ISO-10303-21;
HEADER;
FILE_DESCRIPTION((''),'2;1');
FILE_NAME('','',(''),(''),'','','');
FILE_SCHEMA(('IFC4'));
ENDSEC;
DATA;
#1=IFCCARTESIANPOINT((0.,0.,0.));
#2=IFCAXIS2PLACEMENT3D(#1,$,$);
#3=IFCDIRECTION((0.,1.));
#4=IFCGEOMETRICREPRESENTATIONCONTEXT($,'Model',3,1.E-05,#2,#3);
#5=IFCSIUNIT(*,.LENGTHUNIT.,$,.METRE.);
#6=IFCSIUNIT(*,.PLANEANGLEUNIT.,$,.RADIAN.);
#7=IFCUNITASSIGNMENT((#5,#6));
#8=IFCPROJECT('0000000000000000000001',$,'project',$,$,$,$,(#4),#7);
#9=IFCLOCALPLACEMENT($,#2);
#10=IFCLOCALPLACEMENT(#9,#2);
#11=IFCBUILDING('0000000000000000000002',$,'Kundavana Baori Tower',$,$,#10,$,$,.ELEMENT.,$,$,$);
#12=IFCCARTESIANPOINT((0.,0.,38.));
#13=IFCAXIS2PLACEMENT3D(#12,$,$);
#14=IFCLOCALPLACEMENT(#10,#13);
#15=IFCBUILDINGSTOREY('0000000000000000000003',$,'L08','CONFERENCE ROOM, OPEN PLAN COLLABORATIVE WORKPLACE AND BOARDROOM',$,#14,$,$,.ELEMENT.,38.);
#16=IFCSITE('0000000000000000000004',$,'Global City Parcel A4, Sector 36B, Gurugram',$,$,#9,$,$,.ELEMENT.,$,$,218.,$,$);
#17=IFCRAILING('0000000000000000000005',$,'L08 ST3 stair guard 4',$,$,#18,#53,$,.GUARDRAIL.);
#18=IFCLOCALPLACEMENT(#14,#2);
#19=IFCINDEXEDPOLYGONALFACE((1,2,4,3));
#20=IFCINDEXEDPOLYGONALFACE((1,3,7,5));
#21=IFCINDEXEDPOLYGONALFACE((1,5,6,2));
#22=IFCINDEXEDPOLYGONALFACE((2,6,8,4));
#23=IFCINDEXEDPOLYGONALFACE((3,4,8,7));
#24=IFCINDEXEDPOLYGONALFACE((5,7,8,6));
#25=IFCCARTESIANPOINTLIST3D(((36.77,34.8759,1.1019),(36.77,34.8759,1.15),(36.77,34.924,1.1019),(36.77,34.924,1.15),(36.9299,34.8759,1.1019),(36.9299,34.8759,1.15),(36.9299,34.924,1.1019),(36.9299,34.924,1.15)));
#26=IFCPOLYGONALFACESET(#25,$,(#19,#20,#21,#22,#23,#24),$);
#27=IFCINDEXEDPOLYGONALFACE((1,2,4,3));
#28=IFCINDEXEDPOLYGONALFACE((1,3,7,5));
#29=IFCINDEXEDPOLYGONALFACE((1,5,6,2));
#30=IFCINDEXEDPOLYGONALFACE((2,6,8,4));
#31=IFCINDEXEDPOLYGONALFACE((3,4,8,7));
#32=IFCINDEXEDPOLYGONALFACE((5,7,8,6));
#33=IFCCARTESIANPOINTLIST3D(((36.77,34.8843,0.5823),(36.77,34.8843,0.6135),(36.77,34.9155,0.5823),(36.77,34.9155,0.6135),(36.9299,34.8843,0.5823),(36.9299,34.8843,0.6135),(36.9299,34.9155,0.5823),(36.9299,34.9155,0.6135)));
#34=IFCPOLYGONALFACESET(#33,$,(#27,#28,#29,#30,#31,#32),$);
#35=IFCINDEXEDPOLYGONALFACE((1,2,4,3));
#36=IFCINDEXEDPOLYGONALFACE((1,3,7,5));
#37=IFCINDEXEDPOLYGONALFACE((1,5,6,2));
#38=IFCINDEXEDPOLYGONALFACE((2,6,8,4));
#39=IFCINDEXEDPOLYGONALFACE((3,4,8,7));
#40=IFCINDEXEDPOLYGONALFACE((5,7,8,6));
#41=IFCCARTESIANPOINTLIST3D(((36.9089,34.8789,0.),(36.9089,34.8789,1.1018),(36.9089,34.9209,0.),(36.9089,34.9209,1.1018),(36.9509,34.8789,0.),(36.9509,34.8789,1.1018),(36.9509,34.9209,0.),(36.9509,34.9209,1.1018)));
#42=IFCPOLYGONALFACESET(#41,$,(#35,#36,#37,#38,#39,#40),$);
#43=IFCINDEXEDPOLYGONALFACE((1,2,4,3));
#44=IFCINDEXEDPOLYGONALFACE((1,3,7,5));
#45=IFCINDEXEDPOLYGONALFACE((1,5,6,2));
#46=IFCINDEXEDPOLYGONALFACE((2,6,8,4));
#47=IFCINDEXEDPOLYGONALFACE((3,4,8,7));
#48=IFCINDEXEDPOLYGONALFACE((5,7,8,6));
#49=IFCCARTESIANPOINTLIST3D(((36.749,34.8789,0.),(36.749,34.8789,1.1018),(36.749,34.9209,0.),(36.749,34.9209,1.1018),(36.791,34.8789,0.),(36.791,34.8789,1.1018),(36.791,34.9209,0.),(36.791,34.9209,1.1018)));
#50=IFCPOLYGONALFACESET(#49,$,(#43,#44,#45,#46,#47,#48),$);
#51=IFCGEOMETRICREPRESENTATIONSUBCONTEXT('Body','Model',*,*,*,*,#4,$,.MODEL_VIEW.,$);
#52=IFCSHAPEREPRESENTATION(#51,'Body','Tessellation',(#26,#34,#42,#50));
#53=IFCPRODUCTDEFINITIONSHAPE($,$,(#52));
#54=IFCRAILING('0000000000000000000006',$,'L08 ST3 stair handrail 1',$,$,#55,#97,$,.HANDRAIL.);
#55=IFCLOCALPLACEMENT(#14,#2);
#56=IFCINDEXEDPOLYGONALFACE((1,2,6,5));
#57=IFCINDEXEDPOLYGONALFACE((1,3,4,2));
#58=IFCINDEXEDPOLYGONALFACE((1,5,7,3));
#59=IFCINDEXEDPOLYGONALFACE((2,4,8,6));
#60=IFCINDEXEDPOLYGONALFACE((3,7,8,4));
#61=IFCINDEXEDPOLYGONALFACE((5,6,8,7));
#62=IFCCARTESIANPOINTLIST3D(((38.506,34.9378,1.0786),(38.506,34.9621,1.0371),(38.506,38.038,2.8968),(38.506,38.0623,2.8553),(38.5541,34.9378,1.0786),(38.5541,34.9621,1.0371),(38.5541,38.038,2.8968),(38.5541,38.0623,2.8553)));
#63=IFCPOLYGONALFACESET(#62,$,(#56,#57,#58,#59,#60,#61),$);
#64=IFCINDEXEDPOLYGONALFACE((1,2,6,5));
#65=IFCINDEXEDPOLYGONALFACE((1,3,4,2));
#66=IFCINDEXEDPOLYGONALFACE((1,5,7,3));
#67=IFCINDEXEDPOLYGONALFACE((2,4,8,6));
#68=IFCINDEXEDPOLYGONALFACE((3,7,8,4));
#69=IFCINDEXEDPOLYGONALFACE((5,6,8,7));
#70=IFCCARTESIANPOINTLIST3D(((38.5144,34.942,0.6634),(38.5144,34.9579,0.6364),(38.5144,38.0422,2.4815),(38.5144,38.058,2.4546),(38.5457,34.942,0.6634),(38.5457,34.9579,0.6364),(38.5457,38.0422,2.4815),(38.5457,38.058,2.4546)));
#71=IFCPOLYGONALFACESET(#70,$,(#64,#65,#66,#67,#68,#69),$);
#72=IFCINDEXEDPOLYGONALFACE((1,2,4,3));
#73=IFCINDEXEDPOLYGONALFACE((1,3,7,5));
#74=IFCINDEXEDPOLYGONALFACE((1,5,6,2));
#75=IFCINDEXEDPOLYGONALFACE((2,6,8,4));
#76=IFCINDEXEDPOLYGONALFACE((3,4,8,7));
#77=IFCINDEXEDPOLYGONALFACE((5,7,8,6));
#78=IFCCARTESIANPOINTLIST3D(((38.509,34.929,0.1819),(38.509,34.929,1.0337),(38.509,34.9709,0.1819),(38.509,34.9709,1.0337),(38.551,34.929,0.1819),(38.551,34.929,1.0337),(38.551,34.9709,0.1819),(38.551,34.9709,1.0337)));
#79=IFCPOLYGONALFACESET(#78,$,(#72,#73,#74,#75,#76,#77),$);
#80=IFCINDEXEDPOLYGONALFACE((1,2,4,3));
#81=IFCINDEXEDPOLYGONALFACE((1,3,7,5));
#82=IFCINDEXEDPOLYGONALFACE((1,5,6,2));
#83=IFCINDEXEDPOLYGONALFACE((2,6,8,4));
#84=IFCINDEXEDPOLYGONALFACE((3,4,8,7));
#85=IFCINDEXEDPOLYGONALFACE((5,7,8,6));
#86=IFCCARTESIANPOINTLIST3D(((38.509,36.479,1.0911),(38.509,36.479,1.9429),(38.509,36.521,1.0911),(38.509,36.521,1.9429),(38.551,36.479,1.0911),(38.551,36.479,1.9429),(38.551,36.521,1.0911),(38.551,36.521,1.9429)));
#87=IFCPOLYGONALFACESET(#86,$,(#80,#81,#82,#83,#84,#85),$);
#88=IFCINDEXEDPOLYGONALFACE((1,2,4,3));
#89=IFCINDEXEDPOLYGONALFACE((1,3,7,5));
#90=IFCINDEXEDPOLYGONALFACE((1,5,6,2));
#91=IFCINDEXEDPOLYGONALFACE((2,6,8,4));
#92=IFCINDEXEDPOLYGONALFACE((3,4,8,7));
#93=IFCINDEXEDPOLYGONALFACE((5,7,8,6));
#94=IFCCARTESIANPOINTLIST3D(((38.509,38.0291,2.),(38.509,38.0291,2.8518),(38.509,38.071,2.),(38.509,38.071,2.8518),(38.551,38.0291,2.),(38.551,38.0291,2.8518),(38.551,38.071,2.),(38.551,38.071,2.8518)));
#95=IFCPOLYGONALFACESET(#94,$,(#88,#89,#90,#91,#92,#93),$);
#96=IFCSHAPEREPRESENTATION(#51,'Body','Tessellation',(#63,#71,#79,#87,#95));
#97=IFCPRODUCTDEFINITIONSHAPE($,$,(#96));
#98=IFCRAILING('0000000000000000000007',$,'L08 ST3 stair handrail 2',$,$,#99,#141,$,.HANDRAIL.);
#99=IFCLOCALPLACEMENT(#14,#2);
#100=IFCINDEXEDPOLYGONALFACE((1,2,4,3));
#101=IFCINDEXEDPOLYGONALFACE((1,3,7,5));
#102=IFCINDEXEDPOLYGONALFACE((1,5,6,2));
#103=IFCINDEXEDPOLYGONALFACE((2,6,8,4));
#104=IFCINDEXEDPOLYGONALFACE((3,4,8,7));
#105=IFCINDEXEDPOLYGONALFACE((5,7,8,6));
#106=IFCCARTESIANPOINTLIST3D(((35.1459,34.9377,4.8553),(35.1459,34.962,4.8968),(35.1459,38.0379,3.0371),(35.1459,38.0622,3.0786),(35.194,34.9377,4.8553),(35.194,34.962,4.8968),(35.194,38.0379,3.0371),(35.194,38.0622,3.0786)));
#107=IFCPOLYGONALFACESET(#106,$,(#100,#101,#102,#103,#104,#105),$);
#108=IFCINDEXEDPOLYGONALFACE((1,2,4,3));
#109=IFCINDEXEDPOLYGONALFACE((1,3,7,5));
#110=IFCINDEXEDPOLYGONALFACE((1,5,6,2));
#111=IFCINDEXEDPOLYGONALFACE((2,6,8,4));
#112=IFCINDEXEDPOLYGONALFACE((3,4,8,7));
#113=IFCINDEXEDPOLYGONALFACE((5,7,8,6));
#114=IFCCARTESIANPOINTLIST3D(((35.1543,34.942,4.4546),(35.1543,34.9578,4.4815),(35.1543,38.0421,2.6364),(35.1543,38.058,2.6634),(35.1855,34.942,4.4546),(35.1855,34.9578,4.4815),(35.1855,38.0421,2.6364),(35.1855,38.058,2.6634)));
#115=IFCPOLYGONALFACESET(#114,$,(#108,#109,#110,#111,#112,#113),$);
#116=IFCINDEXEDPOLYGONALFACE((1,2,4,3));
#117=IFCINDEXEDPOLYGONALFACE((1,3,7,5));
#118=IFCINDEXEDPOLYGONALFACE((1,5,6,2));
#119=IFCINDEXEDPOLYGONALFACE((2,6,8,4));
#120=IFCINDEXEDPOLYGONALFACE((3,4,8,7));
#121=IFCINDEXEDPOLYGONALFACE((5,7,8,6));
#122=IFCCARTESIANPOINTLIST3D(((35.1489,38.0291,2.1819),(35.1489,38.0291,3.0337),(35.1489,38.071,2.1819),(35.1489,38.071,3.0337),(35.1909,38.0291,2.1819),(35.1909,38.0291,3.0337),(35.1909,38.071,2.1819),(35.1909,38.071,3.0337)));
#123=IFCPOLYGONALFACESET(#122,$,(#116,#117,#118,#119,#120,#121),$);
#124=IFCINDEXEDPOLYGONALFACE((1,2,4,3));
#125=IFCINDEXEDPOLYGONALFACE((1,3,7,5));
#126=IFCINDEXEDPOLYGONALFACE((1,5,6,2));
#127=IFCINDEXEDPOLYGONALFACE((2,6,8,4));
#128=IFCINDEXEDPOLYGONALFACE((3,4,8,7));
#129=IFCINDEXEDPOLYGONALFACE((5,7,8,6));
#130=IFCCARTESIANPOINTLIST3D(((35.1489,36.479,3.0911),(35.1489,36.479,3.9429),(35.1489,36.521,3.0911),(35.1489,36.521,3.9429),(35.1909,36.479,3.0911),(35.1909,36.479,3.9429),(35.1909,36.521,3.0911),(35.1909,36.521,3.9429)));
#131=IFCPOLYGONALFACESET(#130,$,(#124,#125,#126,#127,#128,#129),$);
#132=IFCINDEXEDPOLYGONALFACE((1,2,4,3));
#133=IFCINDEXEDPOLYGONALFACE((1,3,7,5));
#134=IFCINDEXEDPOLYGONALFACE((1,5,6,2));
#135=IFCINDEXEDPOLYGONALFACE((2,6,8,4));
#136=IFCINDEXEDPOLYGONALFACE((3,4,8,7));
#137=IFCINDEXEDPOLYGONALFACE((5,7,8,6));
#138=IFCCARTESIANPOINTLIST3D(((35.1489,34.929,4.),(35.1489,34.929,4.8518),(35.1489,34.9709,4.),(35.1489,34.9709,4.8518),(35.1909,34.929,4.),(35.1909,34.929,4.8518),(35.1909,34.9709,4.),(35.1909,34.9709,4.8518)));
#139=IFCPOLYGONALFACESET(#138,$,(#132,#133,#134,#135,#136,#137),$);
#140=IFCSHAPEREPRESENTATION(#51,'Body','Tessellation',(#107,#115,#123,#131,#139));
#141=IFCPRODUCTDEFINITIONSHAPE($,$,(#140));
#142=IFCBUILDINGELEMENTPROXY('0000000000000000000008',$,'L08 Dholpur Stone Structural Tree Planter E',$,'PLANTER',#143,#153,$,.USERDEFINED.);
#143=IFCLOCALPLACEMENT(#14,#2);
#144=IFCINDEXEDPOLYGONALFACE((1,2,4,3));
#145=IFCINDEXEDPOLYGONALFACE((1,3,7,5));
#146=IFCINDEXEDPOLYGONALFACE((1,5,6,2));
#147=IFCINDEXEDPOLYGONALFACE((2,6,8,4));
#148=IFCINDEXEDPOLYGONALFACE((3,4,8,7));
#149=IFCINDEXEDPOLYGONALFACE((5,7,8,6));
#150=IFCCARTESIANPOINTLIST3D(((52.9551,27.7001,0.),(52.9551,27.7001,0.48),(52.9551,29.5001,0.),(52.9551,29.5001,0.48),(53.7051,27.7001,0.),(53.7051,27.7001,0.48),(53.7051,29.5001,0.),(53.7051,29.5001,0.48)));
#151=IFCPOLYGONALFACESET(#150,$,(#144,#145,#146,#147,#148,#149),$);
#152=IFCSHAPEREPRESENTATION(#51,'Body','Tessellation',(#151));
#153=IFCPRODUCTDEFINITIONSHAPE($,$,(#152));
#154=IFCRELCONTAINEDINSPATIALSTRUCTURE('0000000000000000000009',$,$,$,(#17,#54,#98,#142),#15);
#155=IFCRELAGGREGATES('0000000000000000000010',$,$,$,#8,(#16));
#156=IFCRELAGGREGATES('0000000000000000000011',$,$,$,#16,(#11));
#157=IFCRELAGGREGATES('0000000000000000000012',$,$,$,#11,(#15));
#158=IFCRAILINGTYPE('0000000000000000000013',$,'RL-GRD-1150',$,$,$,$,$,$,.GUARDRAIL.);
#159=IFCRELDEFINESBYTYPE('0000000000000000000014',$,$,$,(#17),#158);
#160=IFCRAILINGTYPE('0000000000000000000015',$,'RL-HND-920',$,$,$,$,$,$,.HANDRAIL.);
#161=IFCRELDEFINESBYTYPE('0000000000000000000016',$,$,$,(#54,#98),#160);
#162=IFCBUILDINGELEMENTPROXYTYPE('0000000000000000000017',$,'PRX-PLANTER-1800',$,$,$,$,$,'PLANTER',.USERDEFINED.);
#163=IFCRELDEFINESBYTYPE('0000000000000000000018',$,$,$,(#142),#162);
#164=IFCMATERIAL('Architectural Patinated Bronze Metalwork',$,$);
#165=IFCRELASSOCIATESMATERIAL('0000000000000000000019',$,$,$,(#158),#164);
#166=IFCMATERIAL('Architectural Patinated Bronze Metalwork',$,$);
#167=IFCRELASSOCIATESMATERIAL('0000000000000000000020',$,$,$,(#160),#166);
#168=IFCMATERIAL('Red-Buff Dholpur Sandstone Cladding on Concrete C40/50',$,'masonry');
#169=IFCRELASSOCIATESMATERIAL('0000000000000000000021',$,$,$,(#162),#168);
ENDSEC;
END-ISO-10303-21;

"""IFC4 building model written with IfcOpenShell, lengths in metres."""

from ifc_helpers import new_model, si_unit, direction, frame, origin, origin_2d, place, context, subcontext, project, spatial, rectangle, extrude, material, type_object, element, save


model = new_model("IFC4")

# Units and contexts
model_context = context("Model", 3, precision=1e-05, world=origin(), true_north=direction((0.0, 1.0)))
body_context = subcontext(model_context, "Body", "Model", "MODEL_VIEW")
ifc_project = project(units=[si_unit("LENGTHUNIT", "METRE"), si_unit("PLANEANGLEUNIT", "RADIAN")], contexts=[model_context])

# Site, building, storey
site_placement = place(None, origin())
site = spatial("IfcSite", under=ifc_project, at=site_placement, Name="Global City Parcel A4, Sector 36B, Gurugram", CompositionType="ELEMENT", RefElevation=218.0)
building_placement = place(site_placement, origin())
building = spatial("IfcBuilding", under=site, at=building_placement, Name="Kundavana Baori Tower", CompositionType="ELEMENT")
storey_placement = place(building_placement, frame((0.0, 0.0, 38.0)))
storey = spatial("IfcBuildingStorey", under=building, at=storey_placement, Name="L08", Description="CONFERENCE ROOM, OPEN PLAN COLLABORATIVE WORKPLACE AND BOARDROOM", CompositionType="ELEMENT", Elevation=38.0)

# Railings
ifc_material_1 = material(Name="Architectural Patinated Bronze Metalwork")
railing_type_1 = type_object("IfcRailingType", Name="RL-GRD-1150", PredefinedType="GUARDRAIL", material=ifc_material_1)
railing_1_placement = place(storey_placement, frame((36.9299, 34.8999, 0.0)))
element("IfcRailing", 1, at=railing_1_placement, inside=storey, type_object=railing_type_1, Name="L08 ST3 stair guard 4", PredefinedType="GUARDRAIL", context=body_context, shape_type="SweptSolid", body=[
    extrude(rectangle(XDim=0.0481, YDim=0.0481, at=origin_2d()), frame((0.0, 0.0, 1.126), z_axis=(-1.0, 0.0, 0.0), x_axis=(0.0, -1.0, 0.0)), (0.0, 0.0, 1.0), 0.1599),
    extrude(rectangle(XDim=0.0312, YDim=0.0312, at=origin_2d()), frame((0.0, 0.0, 0.5979), z_axis=(-1.0, 0.0, 0.0), x_axis=(0.0, -1.0, 0.0)), (0.0, 0.0, 1.0), 0.1599),
    extrude(rectangle(XDim=0.042, YDim=0.042, at=origin_2d()), origin(), (0.0, 0.0, 1.0), 1.1018),
    extrude(rectangle(XDim=0.042, YDim=0.042, at=origin_2d()), frame((-0.1599, 0.0, 0.0)), (0.0, 0.0, 1.0), 1.1018),
])
ifc_material_2 = material(Name="Architectural Patinated Bronze Metalwork")
railing_type_2 = type_object("IfcRailingType", Name="RL-HND-920", PredefinedType="HANDRAIL", material=ifc_material_2)
railing_2_placement = place(storey_placement, frame((38.53, 34.95, 0.1819)))
element("IfcRailing", 2, at=railing_2_placement, inside=storey, type_object=railing_type_2, Name="L08 ST3 stair handrail 1", PredefinedType="HANDRAIL", context=body_context, shape_type="SweptSolid", body=[
    extrude(rectangle(XDim=0.0481, YDim=0.0481, at=origin_2d()), frame((0.0, 0.0, 0.876), z_axis=(0.0, 0.862599, 0.505889), x_axis=(-1.0, 0.0, 0.0)), (0.0, 0.0, 1.0), 3.594),
    extrude(rectangle(XDim=0.0312, YDim=0.0312, at=origin_2d()), frame((0.0, 0.0, 0.468), z_axis=(0.0, 0.862599, 0.505889), x_axis=(-1.0, 0.0, 0.0)), (0.0, 0.0, 1.0), 3.594),
    extrude(rectangle(XDim=0.042, YDim=0.042, at=origin_2d()), origin(), (0.0, 0.0, 1.0), 0.8518),
    extrude(rectangle(XDim=0.042, YDim=0.042, at=origin_2d()), frame((0.0, 1.55, 0.9092)), (0.0, 0.0, 1.0), 0.8518),
    extrude(rectangle(XDim=0.042, YDim=0.042, at=origin_2d()), frame((0.0, 3.1001, 1.8181)), (0.0, 0.0, 1.0), 0.8518),
])
railing_3_placement = place(storey_placement, frame((35.1699, 38.05, 2.1819)))
element("IfcRailing", 3, at=railing_3_placement, inside=storey, type_object=railing_type_2, Name="L08 ST3 stair handrail 2", PredefinedType="HANDRAIL", context=body_context, shape_type="SweptSolid", body=[
    extrude(rectangle(XDim=0.0481, YDim=0.0481, at=origin_2d()), frame((0.0, 0.0, 0.876), z_axis=(0.0, -0.862599, 0.505889), x_axis=(1.0, 0.0, 0.0)), (0.0, 0.0, 1.0), 3.594),
    extrude(rectangle(XDim=0.0312, YDim=0.0312, at=origin_2d()), frame((0.0, 0.0, 0.468), z_axis=(0.0, -0.862599, 0.505889), x_axis=(1.0, 0.0, 0.0)), (0.0, 0.0, 1.0), 3.594),
    extrude(rectangle(XDim=0.042, YDim=0.042, at=origin_2d()), origin(), (0.0, 0.0, 1.0), 0.8518),
    extrude(rectangle(XDim=0.042, YDim=0.042, at=origin_2d()), frame((0.0, -1.55, 0.9092)), (0.0, 0.0, 1.0), 0.8518),
    extrude(rectangle(XDim=0.042, YDim=0.042, at=origin_2d()), frame((0.0, -3.1001, 1.8181)), (0.0, 0.0, 1.0), 0.8518),
])

# Building element proxy
ifc_material_3 = material(Name="Red-Buff Dholpur Sandstone Cladding on Concrete C40/50", Category="masonry")
building_element_proxy_type = type_object("IfcBuildingElementProxyType", Name="PRX-PLANTER-1800", ElementType="PLANTER", PredefinedType="USERDEFINED", material=ifc_material_3)
proxy_placement = place(storey_placement, frame((53.3301, 28.6001, 0.0), z_axis=(0.0, 0.0, 1.0), x_axis=(0.0, 1.0, 0.0)))
element("IfcBuildingElementProxy", 4, at=proxy_placement, inside=storey, type_object=building_element_proxy_type, Name="L08 Dholpur Stone Structural Tree Planter E", ObjectType="PLANTER", PredefinedType="USERDEFINED", context=body_context, shape_type="SweptSolid", body=[
    extrude(rectangle(XDim=1.8, YDim=0.75, at=origin_2d()), origin(), (0.0, 0.0, 1.0), 0.48),
])

save(model, "model.ifc")
